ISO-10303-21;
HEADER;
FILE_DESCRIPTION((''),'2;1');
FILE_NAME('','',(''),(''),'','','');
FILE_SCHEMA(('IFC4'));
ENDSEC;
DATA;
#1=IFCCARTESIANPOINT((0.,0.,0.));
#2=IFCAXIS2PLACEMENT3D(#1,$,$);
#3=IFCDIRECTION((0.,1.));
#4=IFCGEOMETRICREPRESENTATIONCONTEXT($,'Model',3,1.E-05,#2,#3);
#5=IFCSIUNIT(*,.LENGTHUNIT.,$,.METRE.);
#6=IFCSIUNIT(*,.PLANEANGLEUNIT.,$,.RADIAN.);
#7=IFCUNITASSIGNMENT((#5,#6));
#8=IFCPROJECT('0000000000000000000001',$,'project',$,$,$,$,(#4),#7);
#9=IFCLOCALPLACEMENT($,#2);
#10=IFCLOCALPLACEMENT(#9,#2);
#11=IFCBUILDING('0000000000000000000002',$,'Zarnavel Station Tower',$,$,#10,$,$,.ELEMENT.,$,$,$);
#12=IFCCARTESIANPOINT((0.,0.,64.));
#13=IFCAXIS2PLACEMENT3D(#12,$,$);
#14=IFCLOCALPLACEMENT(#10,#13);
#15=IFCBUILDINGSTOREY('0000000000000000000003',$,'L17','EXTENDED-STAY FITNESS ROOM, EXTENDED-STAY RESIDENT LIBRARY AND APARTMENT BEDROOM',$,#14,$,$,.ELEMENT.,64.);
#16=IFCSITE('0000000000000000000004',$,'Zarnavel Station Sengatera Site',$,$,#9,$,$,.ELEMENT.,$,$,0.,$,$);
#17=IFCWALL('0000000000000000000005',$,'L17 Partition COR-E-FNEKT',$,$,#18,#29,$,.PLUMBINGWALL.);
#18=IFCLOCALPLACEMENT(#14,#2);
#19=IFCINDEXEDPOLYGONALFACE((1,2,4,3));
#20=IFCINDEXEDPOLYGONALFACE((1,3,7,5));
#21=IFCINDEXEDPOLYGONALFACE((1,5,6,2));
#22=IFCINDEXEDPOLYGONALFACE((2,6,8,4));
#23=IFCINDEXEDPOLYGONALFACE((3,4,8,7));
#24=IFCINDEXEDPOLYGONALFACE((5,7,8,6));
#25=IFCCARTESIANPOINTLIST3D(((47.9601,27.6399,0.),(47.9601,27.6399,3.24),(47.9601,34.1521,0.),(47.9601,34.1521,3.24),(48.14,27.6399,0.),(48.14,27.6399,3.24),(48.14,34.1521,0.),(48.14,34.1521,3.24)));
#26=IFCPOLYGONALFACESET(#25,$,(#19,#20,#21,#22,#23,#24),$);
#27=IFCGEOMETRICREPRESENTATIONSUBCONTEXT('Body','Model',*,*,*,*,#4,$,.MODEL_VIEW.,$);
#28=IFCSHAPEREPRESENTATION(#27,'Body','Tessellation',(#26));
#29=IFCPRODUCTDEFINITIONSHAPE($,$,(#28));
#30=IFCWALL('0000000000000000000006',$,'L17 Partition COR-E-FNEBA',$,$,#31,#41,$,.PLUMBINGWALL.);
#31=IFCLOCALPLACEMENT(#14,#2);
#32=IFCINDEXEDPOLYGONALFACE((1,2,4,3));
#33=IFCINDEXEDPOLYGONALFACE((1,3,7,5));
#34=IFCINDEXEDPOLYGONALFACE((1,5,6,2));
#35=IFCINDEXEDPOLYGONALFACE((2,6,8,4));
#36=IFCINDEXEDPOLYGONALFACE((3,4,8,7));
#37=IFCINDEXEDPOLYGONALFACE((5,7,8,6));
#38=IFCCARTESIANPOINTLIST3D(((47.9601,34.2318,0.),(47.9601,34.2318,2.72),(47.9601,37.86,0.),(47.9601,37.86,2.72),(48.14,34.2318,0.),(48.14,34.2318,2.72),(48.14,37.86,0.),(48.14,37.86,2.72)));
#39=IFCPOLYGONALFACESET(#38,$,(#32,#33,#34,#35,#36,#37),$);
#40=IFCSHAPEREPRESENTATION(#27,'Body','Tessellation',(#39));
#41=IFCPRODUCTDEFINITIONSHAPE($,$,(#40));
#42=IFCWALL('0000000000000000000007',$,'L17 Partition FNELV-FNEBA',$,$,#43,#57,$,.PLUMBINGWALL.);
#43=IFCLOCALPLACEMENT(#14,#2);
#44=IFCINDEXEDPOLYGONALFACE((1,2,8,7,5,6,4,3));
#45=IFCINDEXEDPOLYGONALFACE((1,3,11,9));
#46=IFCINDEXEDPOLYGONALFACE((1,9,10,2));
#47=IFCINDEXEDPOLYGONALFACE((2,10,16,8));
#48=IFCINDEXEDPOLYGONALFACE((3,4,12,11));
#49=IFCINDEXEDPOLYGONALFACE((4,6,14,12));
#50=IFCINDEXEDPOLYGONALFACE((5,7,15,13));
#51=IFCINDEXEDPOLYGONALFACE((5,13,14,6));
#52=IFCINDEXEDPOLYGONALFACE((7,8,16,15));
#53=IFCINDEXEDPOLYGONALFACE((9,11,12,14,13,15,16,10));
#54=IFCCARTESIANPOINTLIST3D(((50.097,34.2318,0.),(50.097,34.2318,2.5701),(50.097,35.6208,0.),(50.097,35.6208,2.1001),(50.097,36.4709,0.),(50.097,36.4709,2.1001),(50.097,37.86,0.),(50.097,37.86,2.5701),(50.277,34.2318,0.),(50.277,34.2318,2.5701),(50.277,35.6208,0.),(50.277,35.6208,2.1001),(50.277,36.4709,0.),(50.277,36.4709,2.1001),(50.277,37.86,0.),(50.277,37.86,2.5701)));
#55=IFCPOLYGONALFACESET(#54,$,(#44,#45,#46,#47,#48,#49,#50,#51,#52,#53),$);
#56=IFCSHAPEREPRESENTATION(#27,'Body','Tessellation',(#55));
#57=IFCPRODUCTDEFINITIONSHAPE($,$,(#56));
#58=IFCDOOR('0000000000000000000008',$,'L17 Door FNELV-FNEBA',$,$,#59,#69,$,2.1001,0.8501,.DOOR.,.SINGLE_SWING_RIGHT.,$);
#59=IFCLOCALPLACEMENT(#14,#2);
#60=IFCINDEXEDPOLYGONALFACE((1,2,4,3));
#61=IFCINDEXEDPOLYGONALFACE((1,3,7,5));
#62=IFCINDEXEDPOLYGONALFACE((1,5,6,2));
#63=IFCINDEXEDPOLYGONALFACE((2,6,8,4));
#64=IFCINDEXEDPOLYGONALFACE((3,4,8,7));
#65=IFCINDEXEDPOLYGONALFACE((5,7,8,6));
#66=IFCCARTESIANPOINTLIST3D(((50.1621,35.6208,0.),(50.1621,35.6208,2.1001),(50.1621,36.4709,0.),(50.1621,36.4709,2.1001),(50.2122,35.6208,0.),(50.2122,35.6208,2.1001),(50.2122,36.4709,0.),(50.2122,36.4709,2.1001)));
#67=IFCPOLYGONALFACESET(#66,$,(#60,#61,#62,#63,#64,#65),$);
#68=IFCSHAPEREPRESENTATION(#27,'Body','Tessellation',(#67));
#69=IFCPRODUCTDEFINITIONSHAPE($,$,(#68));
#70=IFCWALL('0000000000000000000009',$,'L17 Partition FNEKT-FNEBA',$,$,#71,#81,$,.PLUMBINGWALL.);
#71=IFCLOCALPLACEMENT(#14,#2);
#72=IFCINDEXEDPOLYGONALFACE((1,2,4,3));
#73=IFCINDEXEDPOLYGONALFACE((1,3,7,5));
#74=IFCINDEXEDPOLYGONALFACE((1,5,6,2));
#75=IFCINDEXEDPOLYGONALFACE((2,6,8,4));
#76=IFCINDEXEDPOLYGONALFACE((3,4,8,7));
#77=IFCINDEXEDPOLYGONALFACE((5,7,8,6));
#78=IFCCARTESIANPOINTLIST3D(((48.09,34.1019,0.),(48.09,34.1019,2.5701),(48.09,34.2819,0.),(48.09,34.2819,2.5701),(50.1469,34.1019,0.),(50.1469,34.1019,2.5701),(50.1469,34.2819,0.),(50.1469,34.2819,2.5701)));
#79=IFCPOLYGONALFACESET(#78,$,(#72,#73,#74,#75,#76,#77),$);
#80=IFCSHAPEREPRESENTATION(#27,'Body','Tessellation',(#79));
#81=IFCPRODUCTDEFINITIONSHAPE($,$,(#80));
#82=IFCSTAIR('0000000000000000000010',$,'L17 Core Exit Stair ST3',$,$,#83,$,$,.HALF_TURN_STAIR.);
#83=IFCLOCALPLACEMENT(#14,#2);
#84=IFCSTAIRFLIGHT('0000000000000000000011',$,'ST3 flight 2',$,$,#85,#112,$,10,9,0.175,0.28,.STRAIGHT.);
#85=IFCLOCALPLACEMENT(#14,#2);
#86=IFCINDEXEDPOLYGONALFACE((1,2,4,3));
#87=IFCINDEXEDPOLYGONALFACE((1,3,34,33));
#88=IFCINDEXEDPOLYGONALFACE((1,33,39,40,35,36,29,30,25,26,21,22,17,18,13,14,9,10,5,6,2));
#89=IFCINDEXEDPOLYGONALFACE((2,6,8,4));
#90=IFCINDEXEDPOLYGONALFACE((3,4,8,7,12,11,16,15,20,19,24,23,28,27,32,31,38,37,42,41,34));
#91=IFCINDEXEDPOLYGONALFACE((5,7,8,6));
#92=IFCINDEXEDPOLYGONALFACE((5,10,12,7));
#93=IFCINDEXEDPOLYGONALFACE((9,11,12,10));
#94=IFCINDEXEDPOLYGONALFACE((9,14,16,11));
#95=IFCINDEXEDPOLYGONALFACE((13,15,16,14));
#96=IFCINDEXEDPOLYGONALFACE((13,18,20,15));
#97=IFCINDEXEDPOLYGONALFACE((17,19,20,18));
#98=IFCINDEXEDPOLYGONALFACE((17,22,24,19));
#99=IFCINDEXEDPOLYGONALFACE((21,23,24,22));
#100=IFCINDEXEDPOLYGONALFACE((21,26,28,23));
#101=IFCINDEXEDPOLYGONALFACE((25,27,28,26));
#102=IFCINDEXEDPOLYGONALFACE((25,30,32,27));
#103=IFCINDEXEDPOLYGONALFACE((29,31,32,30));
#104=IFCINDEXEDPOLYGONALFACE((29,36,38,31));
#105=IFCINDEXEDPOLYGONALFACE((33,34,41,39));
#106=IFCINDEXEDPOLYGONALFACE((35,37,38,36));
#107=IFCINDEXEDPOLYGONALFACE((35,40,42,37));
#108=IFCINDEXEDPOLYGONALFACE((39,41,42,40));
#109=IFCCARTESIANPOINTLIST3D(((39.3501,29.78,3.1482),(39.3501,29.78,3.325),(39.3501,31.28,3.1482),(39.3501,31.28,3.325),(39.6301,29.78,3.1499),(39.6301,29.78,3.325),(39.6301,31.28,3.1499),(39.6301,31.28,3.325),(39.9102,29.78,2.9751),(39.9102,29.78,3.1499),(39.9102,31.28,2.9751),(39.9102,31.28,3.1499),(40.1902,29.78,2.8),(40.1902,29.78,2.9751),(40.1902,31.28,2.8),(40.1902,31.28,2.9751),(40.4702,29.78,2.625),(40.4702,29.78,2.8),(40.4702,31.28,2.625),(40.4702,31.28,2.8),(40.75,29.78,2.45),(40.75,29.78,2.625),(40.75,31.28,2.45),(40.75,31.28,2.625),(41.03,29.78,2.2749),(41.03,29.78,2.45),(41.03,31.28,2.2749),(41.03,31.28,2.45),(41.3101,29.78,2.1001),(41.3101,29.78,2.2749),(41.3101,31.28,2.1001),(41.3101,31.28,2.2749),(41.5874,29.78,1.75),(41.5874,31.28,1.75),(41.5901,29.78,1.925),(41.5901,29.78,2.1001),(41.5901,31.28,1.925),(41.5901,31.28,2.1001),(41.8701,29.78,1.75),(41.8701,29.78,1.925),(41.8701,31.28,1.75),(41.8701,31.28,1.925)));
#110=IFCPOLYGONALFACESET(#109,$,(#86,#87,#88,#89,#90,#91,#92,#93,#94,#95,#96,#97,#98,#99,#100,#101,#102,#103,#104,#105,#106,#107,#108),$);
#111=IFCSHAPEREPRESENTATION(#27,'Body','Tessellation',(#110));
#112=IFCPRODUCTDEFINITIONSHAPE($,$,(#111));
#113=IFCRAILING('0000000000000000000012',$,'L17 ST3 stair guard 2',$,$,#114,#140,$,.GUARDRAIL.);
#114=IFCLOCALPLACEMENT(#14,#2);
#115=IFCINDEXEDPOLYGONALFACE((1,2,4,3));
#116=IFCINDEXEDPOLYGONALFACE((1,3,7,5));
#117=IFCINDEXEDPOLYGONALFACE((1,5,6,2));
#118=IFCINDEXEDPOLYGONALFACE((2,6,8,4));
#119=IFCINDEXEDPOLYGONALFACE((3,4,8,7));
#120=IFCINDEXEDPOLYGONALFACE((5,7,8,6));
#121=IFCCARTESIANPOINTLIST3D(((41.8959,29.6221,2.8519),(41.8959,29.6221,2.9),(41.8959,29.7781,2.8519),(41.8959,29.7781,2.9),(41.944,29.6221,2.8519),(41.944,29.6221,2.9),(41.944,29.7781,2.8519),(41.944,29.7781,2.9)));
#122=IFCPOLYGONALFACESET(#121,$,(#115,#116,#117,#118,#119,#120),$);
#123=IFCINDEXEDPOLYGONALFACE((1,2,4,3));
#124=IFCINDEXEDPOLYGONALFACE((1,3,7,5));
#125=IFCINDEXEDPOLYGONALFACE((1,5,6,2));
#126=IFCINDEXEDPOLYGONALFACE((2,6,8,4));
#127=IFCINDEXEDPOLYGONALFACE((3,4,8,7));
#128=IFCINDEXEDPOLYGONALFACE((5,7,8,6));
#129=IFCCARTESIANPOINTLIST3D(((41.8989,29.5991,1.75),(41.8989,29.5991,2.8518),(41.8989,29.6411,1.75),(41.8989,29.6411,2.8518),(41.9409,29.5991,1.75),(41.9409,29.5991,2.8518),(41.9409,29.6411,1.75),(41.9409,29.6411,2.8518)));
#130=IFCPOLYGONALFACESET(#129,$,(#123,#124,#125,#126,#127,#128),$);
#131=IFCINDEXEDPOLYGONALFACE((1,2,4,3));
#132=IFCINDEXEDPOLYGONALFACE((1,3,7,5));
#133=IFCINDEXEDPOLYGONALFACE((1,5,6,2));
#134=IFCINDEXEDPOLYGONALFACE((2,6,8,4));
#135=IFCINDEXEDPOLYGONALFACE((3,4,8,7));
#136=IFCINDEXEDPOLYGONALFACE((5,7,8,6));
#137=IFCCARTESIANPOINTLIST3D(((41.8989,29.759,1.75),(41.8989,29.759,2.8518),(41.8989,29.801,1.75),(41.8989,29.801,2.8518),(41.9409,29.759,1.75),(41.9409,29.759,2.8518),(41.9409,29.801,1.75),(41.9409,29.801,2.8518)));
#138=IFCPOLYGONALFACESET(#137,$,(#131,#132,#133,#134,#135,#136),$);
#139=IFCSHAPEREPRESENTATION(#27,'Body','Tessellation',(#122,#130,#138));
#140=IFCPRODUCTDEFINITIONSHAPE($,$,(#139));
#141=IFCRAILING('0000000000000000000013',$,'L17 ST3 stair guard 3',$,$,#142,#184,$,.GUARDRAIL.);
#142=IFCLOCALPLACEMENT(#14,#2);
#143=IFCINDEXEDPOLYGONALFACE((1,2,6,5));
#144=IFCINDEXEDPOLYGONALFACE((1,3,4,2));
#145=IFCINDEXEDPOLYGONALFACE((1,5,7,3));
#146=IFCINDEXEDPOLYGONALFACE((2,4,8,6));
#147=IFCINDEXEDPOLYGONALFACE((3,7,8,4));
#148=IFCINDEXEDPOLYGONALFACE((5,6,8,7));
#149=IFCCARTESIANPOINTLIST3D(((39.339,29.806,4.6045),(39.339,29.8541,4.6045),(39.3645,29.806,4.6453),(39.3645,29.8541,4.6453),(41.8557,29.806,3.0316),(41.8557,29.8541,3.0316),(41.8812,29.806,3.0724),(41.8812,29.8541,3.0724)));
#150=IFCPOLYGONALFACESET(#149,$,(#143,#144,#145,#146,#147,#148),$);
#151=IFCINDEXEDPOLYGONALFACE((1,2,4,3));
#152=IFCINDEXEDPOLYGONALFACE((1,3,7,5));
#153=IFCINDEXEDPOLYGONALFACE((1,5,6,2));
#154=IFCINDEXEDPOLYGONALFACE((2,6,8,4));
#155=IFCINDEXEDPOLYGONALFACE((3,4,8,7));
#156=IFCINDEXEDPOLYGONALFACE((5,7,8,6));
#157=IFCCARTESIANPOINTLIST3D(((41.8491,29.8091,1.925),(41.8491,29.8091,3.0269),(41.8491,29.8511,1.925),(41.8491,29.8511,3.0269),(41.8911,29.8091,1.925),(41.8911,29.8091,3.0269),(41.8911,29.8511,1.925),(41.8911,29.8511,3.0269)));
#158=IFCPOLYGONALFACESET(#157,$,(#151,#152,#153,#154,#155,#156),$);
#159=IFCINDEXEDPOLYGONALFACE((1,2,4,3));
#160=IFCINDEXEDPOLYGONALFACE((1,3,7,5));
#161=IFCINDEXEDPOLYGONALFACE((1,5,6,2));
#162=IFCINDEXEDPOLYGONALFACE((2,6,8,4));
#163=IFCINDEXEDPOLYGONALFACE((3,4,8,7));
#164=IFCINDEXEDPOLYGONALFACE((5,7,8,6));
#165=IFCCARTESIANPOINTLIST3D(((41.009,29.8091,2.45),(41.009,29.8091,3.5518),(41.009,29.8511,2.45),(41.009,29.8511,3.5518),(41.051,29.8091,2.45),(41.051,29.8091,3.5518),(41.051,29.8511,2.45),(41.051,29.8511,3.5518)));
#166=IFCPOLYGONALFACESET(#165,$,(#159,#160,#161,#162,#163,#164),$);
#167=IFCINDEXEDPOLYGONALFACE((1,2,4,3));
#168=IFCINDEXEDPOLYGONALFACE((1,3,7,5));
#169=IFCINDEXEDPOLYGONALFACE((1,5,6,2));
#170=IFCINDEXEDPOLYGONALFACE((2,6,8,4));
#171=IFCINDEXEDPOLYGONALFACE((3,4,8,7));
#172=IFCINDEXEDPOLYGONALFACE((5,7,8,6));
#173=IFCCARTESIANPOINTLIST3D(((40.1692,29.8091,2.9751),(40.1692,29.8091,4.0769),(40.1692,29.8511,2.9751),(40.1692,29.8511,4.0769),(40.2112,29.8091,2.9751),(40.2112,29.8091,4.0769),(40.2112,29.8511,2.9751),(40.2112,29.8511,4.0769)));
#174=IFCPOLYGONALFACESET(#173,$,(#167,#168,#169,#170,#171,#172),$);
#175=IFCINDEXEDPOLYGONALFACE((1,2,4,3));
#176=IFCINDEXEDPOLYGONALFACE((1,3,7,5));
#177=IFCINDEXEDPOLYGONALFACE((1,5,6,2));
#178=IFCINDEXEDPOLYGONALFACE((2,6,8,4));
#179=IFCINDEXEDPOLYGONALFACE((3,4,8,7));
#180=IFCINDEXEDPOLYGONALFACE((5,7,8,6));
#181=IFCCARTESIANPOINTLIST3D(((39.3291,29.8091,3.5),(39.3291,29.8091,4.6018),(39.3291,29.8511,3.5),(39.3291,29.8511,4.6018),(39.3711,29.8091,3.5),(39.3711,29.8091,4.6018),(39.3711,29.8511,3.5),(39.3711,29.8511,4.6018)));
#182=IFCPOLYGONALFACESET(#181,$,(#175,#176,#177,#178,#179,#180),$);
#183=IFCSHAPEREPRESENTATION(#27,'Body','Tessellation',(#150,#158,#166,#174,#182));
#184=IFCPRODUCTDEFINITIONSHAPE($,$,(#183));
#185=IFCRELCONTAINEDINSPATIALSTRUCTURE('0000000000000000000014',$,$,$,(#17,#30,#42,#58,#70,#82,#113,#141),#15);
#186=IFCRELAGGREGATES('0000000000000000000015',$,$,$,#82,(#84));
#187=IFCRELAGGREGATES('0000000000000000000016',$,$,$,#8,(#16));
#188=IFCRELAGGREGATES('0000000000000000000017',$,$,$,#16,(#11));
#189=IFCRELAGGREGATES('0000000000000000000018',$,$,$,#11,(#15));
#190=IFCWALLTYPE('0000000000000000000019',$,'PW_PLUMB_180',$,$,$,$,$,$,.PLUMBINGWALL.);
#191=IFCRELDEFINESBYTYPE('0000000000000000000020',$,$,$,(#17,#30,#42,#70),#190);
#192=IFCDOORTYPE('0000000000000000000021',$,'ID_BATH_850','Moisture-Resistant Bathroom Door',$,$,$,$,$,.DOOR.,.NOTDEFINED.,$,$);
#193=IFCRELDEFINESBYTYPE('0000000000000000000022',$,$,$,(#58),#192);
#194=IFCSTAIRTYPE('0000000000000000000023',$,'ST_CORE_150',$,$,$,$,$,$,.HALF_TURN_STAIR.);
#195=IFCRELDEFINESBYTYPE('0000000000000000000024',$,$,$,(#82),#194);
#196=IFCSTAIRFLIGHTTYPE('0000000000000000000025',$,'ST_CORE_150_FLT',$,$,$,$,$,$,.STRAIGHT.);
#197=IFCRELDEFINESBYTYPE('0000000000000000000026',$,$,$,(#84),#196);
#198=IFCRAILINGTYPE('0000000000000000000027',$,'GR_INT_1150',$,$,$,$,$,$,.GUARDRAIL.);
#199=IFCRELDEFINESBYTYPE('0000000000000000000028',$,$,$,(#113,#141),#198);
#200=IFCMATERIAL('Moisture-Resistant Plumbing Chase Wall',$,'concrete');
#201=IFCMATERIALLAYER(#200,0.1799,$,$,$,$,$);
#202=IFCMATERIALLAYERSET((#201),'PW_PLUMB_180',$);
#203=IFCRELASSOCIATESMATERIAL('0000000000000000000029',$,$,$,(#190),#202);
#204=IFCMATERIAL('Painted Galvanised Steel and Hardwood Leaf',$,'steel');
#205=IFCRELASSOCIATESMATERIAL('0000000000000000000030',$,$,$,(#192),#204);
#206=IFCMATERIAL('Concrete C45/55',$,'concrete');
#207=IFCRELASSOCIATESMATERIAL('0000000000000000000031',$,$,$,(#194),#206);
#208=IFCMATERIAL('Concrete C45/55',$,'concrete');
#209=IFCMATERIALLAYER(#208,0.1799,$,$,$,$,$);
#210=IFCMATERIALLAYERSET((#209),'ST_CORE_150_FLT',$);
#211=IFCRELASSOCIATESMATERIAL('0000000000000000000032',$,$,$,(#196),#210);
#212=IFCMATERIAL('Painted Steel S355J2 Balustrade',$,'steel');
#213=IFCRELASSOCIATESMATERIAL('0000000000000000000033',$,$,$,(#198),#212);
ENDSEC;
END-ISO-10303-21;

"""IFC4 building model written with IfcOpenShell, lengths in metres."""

from ifc_helpers import new_model, si_unit, direction, frame, frame_2d, origin, origin_2d, place, context, subcontext, project, spatial, polyline, rectangle, outline, extrude, material, layer, layer_set, type_object, element, fill, aggregate, save


model = new_model("IFC4")

# Units and contexts
model_context = context("Model", 3, precision=1e-05, world=origin(), true_north=direction((0.0, 1.0)))
body_context = subcontext(model_context, "Body", "Model", "MODEL_VIEW")
ifc_project = project(units=[si_unit("LENGTHUNIT", "METRE"), si_unit("PLANEANGLEUNIT", "RADIAN")], contexts=[model_context])

# Site, building, storey
site_placement = place(None, origin())
site = spatial("IfcSite", under=ifc_project, at=site_placement, Name="Zarnavel Station Sengatera Site", CompositionType="ELEMENT", RefElevation=0.0)
building_placement = place(site_placement, origin())
building = spatial("IfcBuilding", under=site, at=building_placement, Name="Zarnavel Station Tower", CompositionType="ELEMENT")
storey_placement = place(building_placement, frame((0.0, 0.0, 64.0)))
storey = spatial("IfcBuildingStorey", under=building, at=storey_placement, Name="L17", Description="EXTENDED-STAY FITNESS ROOM, EXTENDED-STAY RESIDENT LIBRARY AND APARTMENT BEDROOM", CompositionType="ELEMENT", Elevation=64.0)

# Walls
ifc_material_1 = material(Name="Moisture-Resistant Plumbing Chase Wall", Category="concrete")
ifc_layer_1 = layer(ifc_material_1, 0.1799)
ifc_layer_set_1 = layer_set([ifc_layer_1], Name="PW_PLUMB_180")
wall_type_1 = type_object("IfcWallType", Name="PW_PLUMB_180", PredefinedType="PLUMBINGWALL", material=ifc_layer_set_1)
wall_1_placement = place(storey_placement, frame((48.05, 27.6399, 0.0), z_axis=(0.0, 0.0, 1.0), x_axis=(0.0, 1.0, 0.0)))
element("IfcWall", 1, at=wall_1_placement, inside=storey, type_object=wall_type_1, Name="L17 Partition COR-E-FNEKT", PredefinedType="PLUMBINGWALL", context=body_context, shape_type="SweptSolid", body=[
    extrude(rectangle(XDim=6.5122, YDim=0.1799, at=frame_2d((3.2561, 0.0))), origin(), (0.0, 0.0, 1.0), 3.24),
])
wall_2_placement = place(storey_placement, frame((48.05, 34.2319, 0.0), z_axis=(0.0, 0.0, 1.0), x_axis=(0.0, 1.0, 0.0)))
element("IfcWall", 2, at=wall_2_placement, inside=storey, type_object=wall_type_1, Name="L17 Partition COR-E-FNEBA", PredefinedType="PLUMBINGWALL", context=body_context, shape_type="SweptSolid", body=[
    extrude(rectangle(XDim=3.6282, YDim=0.1799, at=frame_2d((1.814, 0.0))), origin(), (0.0, 0.0, 1.0), 2.72),
])

# Wall, opening, door
wall_3_placement = place(storey_placement, frame((50.187, 34.2319, 0.0), z_axis=(0.0, 0.0, 1.0), x_axis=(0.0, 1.0, 0.0)))
wall_3 = element("IfcWall", 3, at=wall_3_placement, inside=storey, type_object=wall_type_1, Name="L17 Partition FNELV-FNEBA", PredefinedType="PLUMBINGWALL", context=body_context, shape_type="SweptSolid", body=[
    extrude(rectangle(XDim=3.6282, YDim=0.1799, at=frame_2d((1.814, 0.0))), origin(), (0.0, 0.0, 1.0), 2.5701),
])
opening_1_placement = place(wall_3_placement, frame((1.3889, 0.0, 0.0)))
opening_1 = element("IfcOpeningElement", 4, at=opening_1_placement, cuts=wall_3, PredefinedType="OPENING", context=body_context, shape_type="SweptSolid", body=[
    extrude(rectangle(XDim=0.8501, YDim=2.1001, at=frame_2d((0.425, 1.05))), frame((0.0, 0.0999, 0.0), z_axis=(0.0, -1.0, 0.0), x_axis=(1.0, 0.0, 0.0)), (0.0, 0.0, 1.0), 0.2),
])
ifc_material_2 = material(Name="Painted Galvanised Steel and Hardwood Leaf", Category="steel")
door_type_1 = type_object("IfcDoorType", Name="ID_BATH_850", Description="Moisture-Resistant Bathroom Door", OperationType="NOTDEFINED", PredefinedType="DOOR", material=ifc_material_2)
door_1_placement = place(opening_1_placement, origin())
door_1 = element("IfcDoor", 5, at=door_1_placement, inside=storey, type_object=door_type_1, Name="L17 Door FNELV-FNEBA", OperationType="SINGLE_SWING_RIGHT", OverallHeight=2.1001, OverallWidth=0.8501, PredefinedType="DOOR", context=body_context, shape_type="SweptSolid", body=[
    extrude(rectangle(XDim=0.8501, YDim=2.1001, at=frame_2d((0.425, 1.05))), frame((0.0, 0.0249, 0.0), z_axis=(0.0, -1.0, 0.0), x_axis=(1.0, 0.0, 0.0)), (0.0, 0.0, 1.0), 0.05),
])
fill(opening_1, door_1)

# Wall
wall_4_placement = place(storey_placement, frame((48.0901, 34.1919, 0.0), z_axis=(0.0, 0.0, 1.0), x_axis=(1.0, 0.0, 0.0)))
element("IfcWall", 6, at=wall_4_placement, inside=storey, type_object=wall_type_1, Name="L17 Partition FNEKT-FNEBA", PredefinedType="PLUMBINGWALL", context=body_context, shape_type="SweptSolid", body=[
    extrude(rectangle(XDim=2.0569, YDim=0.1799, at=frame_2d((1.0283, 0.0))), origin(), (0.0, 0.0, 1.0), 2.5701),
])

# Stair, stair flight
ifc_material_3 = material(Name="Concrete C45/55", Category="concrete")
stair_type = type_object("IfcStairType", Name="ST_CORE_150", PredefinedType="HALF_TURN_STAIR", material=ifc_material_3)
stair_placement = place(storey_placement, origin())
stair = element("IfcStair", 7, at=stair_placement, inside=storey, type_object=stair_type, Name="L17 Core Exit Stair ST3", PredefinedType="HALF_TURN_STAIR")
ifc_material_4 = material(Name="Concrete C45/55", Category="concrete")
ifc_layer_2 = layer(ifc_material_4, 0.1799)
ifc_layer_set_2 = layer_set([ifc_layer_2], Name="ST_CORE_150_FLT")
stair_flight_type = type_object("IfcStairFlightType", Name="ST_CORE_150_FLT", PredefinedType="STRAIGHT", material=ifc_layer_set_2)
stair_flight_placement = place(storey_placement, frame((41.8701, 30.53, 1.75), z_axis=(0.0, 0.0, 1.0), x_axis=(-1.0, 0.0, 0.0)))
stair_flight = element("IfcStairFlight", 8, at=stair_flight_placement, type_object=stair_flight_type, Name="ST3 flight 2", NumberOfRisers=10, NumberOfTreads=9, PredefinedType="STRAIGHT", RiserHeight=0.175, TreadLength=0.28, context=body_context, shape_type="SweptSolid", body=[
    extrude(outline(polyline([(0.0, 0.0), (0.0, 0.175), (0.28, 0.175), (0.28, 0.3501), (0.5601, 0.3501), (0.5601, 0.5249), (0.8401, 0.5249), (0.8401, 0.7), (1.1201, 0.7), (1.1201, 0.875), (1.3999, 0.875), (1.3999, 1.05), (1.6799, 1.05), (1.6799, 1.2251), (1.96, 1.2251), (1.96, 1.3999), (2.24, 1.3999), (2.24, 1.575), (2.52, 1.575), (2.52, 1.75), (2.52, 1.3982), (0.2827, 0.0), (0.0, 0.0)])), frame((0.0, 0.75, 0.0), z_axis=(0.0, -1.0, 0.0), x_axis=(1.0, 0.0, 0.0)), (0.0, 0.0, 1.0), 1.5),
])
aggregate(stair, [stair_flight])

# Railings
ifc_material_5 = material(Name="Painted Steel S355J2 Balustrade", Category="steel")
railing_type_1 = type_object("IfcRailingType", Name="GR_INT_1150", PredefinedType="GUARDRAIL", material=ifc_material_5)
railing_1_placement = place(storey_placement, frame((41.9199, 29.6201, 1.75)))
element("IfcRailing", 9, at=railing_1_placement, inside=storey, type_object=railing_type_1, Name="L17 ST3 stair guard 2", PredefinedType="GUARDRAIL", context=body_context, shape_type="SweptSolid", body=[
    extrude(rectangle(XDim=0.0481, YDim=0.0481, at=origin_2d()), frame((0.0, 0.002, 1.126), z_axis=(0.0, 1.0, 0.0), x_axis=(-1.0, 0.0, 0.0)), (0.0, 0.0, 1.0), 0.156),
    extrude(rectangle(XDim=0.042, YDim=0.042, at=origin_2d()), origin(), (0.0, 0.0, 1.0), 1.1018),
    extrude(rectangle(XDim=0.042, YDim=0.042, at=origin_2d()), frame((0.0, 0.1599, 0.0)), (0.0, 0.0, 1.0), 1.1018),
])
railing_2_placement = place(storey_placement, frame((41.8701, 29.8301, 1.925)))
element("IfcRailing", 10, at=railing_2_placement, inside=storey, type_object=railing_type_1, Name="L17 ST3 stair guard 3", PredefinedType="GUARDRAIL", context=body_context, shape_type="SweptSolid", body=[
    extrude(rectangle(XDim=0.0481, YDim=0.0481, at=origin_2d()), frame((-0.0017, 0.0, 1.127), z_axis=(-0.848008, 0.0, 0.529984), x_axis=(0.0, -1.0, 0.0)), (0.0, 0.0, 1.0), 2.9678),
    extrude(rectangle(XDim=0.042, YDim=0.042, at=origin_2d()), origin(), (0.0, 0.0, 1.0), 1.1018),
    extrude(rectangle(XDim=0.042, YDim=0.042, at=origin_2d()), frame((-0.8401, 0.0, 0.5249)), (0.0, 0.0, 1.0), 1.1018),
    extrude(rectangle(XDim=0.042, YDim=0.042, at=origin_2d()), frame((-1.6799, 0.0, 1.05)), (0.0, 0.0, 1.0), 1.1018),
    extrude(rectangle(XDim=0.042, YDim=0.042, at=origin_2d()), frame((-2.52, 0.0, 1.575)), (0.0, 0.0, 1.0), 1.1018),
])

save(model, "model.ifc")
